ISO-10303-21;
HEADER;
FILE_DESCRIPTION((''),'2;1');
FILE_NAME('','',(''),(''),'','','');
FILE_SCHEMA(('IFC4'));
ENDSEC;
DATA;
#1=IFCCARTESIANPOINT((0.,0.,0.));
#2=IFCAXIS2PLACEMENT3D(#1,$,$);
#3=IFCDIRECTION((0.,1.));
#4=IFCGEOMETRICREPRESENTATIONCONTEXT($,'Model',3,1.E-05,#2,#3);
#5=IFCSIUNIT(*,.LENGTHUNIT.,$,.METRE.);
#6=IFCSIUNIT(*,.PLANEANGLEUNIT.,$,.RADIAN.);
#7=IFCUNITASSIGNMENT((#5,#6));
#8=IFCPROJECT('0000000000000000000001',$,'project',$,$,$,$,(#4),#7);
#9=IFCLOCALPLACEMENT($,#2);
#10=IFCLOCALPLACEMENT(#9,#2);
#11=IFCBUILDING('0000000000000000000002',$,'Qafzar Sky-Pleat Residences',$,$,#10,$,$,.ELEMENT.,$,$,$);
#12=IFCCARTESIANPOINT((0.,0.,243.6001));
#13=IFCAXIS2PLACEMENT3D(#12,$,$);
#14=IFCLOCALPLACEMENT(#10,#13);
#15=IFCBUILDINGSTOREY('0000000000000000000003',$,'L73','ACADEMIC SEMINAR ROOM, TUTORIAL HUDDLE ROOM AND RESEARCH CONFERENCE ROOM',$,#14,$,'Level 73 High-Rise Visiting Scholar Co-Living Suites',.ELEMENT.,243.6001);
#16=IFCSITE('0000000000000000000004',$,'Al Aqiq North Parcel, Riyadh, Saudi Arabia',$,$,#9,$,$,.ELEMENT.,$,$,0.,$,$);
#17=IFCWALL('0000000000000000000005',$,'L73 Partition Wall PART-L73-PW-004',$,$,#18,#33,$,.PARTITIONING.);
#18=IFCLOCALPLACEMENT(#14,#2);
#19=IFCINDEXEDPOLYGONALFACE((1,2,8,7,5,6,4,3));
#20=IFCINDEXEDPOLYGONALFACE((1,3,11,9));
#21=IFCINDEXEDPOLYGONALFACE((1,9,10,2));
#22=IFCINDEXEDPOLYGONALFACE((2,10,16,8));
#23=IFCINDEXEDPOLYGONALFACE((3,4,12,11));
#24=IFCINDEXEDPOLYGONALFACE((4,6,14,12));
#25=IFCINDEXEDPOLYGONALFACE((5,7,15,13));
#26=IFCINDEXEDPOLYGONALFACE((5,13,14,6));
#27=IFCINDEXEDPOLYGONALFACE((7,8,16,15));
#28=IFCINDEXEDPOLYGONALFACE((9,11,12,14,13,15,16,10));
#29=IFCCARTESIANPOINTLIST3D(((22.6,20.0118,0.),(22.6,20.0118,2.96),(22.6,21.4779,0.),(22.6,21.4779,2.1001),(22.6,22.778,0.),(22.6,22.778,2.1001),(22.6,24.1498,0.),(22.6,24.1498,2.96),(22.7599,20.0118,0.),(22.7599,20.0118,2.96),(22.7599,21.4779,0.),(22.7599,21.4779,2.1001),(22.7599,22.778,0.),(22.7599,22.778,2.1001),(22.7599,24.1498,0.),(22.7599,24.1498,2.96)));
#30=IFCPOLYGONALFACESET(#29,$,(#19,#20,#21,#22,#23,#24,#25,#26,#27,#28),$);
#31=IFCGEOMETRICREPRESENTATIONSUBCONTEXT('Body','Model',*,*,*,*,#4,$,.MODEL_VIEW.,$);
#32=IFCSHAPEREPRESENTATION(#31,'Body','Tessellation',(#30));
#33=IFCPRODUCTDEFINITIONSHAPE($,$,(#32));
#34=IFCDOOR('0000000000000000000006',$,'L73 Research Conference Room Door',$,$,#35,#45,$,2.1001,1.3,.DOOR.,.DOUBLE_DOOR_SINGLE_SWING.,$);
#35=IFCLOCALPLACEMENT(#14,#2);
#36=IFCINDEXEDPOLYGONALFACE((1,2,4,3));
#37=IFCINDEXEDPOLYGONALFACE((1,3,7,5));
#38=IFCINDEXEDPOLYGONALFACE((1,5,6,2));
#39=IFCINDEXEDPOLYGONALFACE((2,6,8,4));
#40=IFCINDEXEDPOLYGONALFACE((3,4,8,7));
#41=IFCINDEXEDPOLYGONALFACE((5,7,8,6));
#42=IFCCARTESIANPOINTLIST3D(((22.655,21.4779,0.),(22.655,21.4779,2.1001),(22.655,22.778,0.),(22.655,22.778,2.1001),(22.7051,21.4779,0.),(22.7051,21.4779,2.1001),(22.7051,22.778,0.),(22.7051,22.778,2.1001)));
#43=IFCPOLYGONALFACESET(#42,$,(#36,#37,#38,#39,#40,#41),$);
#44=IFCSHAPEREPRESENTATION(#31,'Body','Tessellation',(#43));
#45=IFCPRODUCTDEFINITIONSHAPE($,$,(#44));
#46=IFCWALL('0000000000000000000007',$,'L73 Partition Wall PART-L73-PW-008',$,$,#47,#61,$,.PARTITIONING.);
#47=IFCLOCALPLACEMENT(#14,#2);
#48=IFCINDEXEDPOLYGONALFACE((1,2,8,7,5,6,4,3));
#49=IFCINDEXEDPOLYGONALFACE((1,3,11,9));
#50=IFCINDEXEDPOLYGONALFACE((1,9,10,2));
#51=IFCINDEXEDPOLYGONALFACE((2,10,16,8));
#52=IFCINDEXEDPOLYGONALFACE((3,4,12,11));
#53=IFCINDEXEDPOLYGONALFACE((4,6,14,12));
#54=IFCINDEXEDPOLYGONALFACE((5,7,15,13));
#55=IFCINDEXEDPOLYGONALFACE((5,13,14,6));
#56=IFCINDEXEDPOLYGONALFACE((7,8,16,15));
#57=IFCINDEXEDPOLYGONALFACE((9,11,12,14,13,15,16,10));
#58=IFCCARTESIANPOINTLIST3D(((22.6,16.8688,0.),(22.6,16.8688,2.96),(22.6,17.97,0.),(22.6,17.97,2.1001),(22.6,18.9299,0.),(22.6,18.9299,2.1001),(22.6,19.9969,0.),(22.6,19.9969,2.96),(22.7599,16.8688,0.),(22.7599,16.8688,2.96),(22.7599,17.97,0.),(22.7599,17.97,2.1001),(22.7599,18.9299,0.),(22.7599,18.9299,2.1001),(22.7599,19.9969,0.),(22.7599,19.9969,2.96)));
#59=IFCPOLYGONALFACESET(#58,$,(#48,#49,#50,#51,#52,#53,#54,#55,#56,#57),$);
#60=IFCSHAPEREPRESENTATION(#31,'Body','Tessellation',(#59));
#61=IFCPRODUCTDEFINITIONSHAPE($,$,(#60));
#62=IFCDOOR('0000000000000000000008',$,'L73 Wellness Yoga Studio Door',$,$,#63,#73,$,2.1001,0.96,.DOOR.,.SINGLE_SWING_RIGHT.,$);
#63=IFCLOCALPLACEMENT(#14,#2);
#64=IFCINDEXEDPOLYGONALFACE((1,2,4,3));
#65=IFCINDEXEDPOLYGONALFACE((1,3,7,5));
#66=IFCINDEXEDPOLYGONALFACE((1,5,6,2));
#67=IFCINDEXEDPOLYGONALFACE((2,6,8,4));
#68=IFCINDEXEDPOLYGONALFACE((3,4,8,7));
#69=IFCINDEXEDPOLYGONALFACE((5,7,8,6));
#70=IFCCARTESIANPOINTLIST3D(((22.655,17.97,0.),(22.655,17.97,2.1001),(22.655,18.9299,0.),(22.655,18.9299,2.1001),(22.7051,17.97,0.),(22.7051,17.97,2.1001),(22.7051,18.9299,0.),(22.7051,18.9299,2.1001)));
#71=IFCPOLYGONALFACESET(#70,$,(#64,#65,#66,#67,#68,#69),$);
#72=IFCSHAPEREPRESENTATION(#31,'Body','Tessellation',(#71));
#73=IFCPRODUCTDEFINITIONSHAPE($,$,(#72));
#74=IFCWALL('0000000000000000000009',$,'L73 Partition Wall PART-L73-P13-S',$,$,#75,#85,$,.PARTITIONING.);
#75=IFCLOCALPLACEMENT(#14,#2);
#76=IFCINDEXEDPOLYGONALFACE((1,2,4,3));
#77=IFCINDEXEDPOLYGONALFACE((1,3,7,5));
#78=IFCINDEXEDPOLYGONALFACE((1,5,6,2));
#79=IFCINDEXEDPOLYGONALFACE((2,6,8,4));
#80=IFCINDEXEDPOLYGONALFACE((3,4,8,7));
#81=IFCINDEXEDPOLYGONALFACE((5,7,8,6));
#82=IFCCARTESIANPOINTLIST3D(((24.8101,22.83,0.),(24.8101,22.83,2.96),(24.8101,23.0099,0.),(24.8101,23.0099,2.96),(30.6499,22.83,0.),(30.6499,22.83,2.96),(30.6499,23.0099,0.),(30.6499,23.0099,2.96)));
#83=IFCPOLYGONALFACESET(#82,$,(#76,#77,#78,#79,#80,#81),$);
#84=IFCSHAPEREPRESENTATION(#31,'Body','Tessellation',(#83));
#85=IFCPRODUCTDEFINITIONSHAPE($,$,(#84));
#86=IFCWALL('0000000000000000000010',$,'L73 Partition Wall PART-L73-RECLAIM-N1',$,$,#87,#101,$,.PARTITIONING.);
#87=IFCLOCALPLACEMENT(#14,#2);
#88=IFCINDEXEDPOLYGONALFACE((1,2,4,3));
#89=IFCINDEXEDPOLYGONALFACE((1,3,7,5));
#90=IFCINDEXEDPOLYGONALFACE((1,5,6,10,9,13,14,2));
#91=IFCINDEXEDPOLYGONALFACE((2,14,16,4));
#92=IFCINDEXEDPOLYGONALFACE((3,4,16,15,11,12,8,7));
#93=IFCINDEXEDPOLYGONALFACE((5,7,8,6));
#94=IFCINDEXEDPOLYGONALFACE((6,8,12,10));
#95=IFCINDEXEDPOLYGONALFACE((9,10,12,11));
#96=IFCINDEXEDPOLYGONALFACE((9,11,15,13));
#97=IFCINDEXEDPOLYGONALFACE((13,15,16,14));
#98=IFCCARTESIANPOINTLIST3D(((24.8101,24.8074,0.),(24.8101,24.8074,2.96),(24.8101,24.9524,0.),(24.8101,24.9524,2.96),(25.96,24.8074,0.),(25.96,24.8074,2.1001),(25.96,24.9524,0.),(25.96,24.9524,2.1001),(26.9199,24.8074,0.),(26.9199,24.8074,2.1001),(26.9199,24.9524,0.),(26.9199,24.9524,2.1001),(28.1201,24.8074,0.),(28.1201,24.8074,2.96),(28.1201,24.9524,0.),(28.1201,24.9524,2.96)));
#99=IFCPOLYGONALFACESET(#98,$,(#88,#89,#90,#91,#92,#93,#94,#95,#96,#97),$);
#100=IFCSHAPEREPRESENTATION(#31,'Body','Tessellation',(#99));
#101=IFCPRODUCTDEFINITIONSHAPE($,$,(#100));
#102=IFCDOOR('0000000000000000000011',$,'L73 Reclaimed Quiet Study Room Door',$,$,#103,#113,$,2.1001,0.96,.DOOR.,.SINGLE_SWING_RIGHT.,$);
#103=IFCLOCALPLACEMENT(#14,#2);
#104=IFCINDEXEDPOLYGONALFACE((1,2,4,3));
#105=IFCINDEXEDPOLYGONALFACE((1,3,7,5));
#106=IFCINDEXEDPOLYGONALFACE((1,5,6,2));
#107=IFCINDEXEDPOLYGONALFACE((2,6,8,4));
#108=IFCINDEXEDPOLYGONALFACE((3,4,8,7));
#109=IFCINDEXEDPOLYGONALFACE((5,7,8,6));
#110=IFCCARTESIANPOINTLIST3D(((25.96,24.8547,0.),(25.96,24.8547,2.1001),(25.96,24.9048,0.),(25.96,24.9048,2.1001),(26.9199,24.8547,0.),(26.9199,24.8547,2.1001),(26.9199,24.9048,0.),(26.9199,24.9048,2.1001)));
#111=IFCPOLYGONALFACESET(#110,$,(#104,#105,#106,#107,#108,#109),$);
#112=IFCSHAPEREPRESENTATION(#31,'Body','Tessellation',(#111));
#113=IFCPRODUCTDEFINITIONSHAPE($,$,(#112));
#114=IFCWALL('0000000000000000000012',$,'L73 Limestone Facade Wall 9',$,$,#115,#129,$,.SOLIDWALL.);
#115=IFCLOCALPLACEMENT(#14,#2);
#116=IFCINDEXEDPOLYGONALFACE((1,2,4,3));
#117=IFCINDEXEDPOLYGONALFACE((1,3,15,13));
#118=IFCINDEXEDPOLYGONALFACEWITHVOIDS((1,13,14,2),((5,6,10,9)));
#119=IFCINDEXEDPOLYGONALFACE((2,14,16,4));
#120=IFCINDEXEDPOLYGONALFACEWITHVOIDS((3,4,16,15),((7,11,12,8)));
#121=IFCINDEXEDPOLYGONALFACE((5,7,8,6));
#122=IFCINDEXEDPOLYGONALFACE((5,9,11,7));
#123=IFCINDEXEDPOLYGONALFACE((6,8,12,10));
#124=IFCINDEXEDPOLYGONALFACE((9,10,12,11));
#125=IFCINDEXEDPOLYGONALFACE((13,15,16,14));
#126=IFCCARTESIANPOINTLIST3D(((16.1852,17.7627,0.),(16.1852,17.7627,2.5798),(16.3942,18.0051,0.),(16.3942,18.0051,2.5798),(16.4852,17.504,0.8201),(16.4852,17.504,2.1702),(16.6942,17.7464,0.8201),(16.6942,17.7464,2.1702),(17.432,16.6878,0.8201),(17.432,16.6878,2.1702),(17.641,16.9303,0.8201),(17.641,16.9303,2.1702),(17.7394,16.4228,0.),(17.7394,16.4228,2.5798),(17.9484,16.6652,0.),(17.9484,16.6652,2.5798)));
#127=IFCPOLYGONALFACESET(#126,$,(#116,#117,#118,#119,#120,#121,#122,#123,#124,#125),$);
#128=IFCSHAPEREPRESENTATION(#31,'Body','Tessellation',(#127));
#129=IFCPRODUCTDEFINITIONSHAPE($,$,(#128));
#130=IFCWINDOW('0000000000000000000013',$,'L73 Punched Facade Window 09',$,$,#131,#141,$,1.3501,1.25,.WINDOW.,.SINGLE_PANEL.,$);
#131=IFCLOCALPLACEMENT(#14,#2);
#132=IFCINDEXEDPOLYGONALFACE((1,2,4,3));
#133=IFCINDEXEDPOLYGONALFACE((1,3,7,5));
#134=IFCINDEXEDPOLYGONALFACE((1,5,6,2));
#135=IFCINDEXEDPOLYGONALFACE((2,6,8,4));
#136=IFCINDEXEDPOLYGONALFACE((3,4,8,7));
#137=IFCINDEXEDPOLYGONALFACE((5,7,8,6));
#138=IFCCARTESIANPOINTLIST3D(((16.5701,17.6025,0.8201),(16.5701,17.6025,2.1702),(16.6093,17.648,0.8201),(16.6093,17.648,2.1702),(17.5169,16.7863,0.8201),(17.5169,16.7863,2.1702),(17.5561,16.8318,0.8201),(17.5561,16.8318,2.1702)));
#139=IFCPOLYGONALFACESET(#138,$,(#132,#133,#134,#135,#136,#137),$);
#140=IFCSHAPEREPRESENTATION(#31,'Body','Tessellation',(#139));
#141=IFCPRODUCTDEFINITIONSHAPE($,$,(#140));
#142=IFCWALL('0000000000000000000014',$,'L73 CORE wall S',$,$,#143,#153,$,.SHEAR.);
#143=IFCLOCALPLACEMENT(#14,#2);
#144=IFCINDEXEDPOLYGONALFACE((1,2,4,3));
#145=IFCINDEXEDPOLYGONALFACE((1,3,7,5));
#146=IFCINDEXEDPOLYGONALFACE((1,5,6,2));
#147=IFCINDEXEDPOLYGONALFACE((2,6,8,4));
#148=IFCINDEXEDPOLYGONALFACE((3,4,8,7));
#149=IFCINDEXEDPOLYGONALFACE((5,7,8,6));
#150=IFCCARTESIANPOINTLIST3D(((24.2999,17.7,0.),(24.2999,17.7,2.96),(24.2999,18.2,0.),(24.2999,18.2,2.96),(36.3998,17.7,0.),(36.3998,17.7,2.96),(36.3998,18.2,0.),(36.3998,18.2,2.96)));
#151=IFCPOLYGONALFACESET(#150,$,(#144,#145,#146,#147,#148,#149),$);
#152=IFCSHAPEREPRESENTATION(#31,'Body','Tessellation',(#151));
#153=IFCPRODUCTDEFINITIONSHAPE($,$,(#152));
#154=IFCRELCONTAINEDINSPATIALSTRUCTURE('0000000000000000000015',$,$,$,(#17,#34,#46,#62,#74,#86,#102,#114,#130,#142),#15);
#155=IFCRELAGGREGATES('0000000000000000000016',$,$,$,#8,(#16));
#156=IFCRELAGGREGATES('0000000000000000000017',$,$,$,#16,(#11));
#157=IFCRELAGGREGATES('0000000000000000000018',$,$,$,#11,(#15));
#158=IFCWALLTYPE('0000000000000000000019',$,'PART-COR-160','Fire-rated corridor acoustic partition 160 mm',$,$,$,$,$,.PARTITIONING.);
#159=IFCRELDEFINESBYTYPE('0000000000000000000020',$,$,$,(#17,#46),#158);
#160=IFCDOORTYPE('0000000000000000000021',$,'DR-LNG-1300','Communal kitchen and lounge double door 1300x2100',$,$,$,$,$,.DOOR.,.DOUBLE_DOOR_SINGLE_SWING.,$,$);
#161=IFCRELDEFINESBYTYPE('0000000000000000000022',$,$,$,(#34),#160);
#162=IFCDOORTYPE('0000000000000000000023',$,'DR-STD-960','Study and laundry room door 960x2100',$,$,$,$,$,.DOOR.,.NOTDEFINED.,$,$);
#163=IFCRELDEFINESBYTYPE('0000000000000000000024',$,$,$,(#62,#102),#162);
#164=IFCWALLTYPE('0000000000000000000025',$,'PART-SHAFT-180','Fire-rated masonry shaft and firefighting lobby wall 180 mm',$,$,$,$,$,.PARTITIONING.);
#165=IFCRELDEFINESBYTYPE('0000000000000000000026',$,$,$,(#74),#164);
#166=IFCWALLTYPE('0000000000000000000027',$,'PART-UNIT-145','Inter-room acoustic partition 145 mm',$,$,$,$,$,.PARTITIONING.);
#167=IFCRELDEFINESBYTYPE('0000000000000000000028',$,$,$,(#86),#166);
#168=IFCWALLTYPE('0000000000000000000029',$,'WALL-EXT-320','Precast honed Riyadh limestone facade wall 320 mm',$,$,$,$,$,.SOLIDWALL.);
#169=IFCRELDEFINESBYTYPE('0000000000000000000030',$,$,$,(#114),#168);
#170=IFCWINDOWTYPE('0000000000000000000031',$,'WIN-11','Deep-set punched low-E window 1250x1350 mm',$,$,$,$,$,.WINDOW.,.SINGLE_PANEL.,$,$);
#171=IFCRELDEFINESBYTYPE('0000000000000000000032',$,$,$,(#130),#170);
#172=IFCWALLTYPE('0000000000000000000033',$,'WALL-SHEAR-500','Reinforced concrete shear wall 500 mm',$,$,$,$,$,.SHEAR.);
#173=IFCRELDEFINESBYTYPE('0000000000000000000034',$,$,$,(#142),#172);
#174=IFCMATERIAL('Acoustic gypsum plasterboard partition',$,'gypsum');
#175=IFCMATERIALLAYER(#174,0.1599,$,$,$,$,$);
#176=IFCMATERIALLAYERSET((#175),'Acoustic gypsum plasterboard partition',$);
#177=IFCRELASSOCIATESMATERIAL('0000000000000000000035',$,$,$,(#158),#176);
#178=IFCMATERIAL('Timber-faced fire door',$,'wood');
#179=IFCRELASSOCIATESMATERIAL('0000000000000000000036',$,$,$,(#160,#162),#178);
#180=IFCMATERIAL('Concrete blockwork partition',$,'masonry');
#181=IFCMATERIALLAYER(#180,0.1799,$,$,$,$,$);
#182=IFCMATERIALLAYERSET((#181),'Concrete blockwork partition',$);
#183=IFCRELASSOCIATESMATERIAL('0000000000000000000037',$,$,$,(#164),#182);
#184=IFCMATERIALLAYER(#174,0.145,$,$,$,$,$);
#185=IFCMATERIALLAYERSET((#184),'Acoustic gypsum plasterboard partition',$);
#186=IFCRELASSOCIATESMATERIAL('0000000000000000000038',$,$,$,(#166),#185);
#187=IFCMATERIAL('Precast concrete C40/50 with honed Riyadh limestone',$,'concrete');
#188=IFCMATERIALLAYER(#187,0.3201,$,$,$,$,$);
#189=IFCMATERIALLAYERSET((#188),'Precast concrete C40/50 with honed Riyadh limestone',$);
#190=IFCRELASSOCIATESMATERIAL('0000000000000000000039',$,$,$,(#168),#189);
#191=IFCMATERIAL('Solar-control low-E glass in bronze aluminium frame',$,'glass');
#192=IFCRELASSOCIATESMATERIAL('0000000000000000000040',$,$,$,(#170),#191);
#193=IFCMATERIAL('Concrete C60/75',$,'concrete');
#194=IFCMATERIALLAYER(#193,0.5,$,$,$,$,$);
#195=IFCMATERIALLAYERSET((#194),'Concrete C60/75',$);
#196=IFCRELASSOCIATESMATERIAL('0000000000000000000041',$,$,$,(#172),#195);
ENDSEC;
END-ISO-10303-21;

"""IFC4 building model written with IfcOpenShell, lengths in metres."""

from ifc_helpers import new_model, si_unit, direction, frame, frame_2d, origin, place, context, subcontext, project, spatial, rectangle, extrude, source, transform, mapped, material, layer, layer_set, type_object, element, fill, save


model = new_model("IFC4")

# Units and contexts
model_context = context("Model", 3, precision=1e-05, world=origin(), true_north=direction((0.0, 1.0)))
body_context = subcontext(model_context, "Body", "Model", "MODEL_VIEW")
ifc_project = project(units=[si_unit("LENGTHUNIT", "METRE"), si_unit("PLANEANGLEUNIT", "RADIAN")], contexts=[model_context])

# Site, building, storey
site_placement = place(None, origin())
site = spatial("IfcSite", under=ifc_project, at=site_placement, Name="Al Aqiq North Parcel, Riyadh, Saudi Arabia", CompositionType="ELEMENT", RefElevation=0.0)
building_placement = place(site_placement, origin())
building = spatial("IfcBuilding", under=site, at=building_placement, Name="Qafzar Sky-Pleat Residences", CompositionType="ELEMENT")
storey_placement = place(building_placement, frame((0.0, 0.0, 243.6001)))
storey = spatial("IfcBuildingStorey", under=building, at=storey_placement, Name="L73", Description="ACADEMIC SEMINAR ROOM, TUTORIAL HUDDLE ROOM AND RESEARCH CONFERENCE ROOM", LongName="Level 73 High-Rise Visiting Scholar Co-Living Suites", CompositionType="ELEMENT", Elevation=243.6001)

# Walls, openings, doors
ifc_material_1 = material(Name="Acoustic gypsum plasterboard partition", Category="gypsum")
ifc_layer_1 = layer(ifc_material_1, 0.1599)
ifc_layer_set_1 = layer_set([ifc_layer_1], Name="Acoustic gypsum plasterboard partition")
wall_type_1 = type_object("IfcWallType", Name="PART-COR-160", Description="Fire-rated corridor acoustic partition 160 mm", PredefinedType="PARTITIONING", material=ifc_layer_set_1)
wall_1_placement = place(storey_placement, frame((22.6799, 20.012, 0.0), z_axis=(0.0, 0.0, 1.0), x_axis=(0.0, 1.0, 0.0)))
wall_1 = element("IfcWall", 1, at=wall_1_placement, inside=storey, type_object=wall_type_1, Name="L73 Partition Wall PART-L73-PW-004", PredefinedType="PARTITIONING", context=body_context, shape_type="SweptSolid", body=[
    extrude(rectangle(XDim=4.1379, YDim=0.1599, at=frame_2d((2.0688, 0.0))), origin(), (0.0, 0.0, 1.0), 2.96),
])
opening_1_placement = place(wall_1_placement, frame((1.4661, 0.0, 0.0)))
opening_1 = element("IfcOpeningElement", 2, at=opening_1_placement, cuts=wall_1, PredefinedType="OPENING", context=body_context, shape_type="SweptSolid", body=[
    extrude(rectangle(XDim=1.3, YDim=2.1001, at=frame_2d((0.6499, 1.05))), frame((0.0, 0.0898, 0.0), z_axis=(0.0, -1.0, 0.0), x_axis=(1.0, 0.0, 0.0)), (0.0, 0.0, 1.0), 0.1799),
])
ifc_material_2 = material(Name="Timber-faced fire door", Category="wood")
door_type_1 = type_object("IfcDoorType", Name="DR-LNG-1300", Description="Communal kitchen and lounge double door 1300x2100", OperationType="DOUBLE_DOOR_SINGLE_SWING", PredefinedType="DOOR", material=ifc_material_2)
shared_shape_1 = source(origin(), body_context, "Body", "SweptSolid", [
    extrude(rectangle(XDim=1.3, YDim=2.1001, at=frame_2d((0.6499, 1.05))), frame((0.0, 0.0249, 0.0), z_axis=(0.0, -1.0, 0.0), x_axis=(1.0, 0.0, 0.0)), (0.0, 0.0, 1.0), 0.05),
])
door_1_placement = place(opening_1_placement, origin())
door_1 = element("IfcDoor", 3, at=door_1_placement, inside=storey, type_object=door_type_1, Name="L73 Research Conference Room Door", OperationType="DOUBLE_DOOR_SINGLE_SWING", OverallHeight=2.1001, OverallWidth=1.3, PredefinedType="DOOR", context=body_context, shape_type="MappedRepresentation", body=[
    mapped(shared_shape_1, transform((0.0, 0.0, 0.0), x_axis=(1.0, 0.0, 0.0), y_axis=(0.0, 1.0, 0.0), z_axis=(0.0, 0.0, 1.0), scale=1.0)),
])
fill(opening_1, door_1)
wall_2_placement = place(storey_placement, frame((22.6799, 16.8689, 0.0), z_axis=(0.0, 0.0, 1.0), x_axis=(0.0, 1.0, 0.0)))
wall_2 = element("IfcWall", 4, at=wall_2_placement, inside=storey, type_object=wall_type_1, Name="L73 Partition Wall PART-L73-PW-008", PredefinedType="PARTITIONING", context=body_context, shape_type="SweptSolid", body=[
    extrude(rectangle(XDim=3.1282, YDim=0.1599, at=frame_2d((1.564, 0.0))), origin(), (0.0, 0.0, 1.0), 2.96),
])
opening_2_placement = place(wall_2_placement, frame((1.1011, 0.0, 0.0)))
opening_2 = element("IfcOpeningElement", 5, at=opening_2_placement, cuts=wall_2, PredefinedType="OPENING", context=body_context, shape_type="SweptSolid", body=[
    extrude(rectangle(XDim=0.96, YDim=2.1001, at=frame_2d((0.48, 1.05))), frame((0.0, 0.0898, 0.0), z_axis=(0.0, -1.0, 0.0), x_axis=(1.0, 0.0, 0.0)), (0.0, 0.0, 1.0), 0.1799),
])
door_type_2 = type_object("IfcDoorType", Name="DR-STD-960", Description="Study and laundry room door 960x2100", OperationType="NOTDEFINED", PredefinedType="DOOR", material=ifc_material_2)
shared_shape_2 = source(origin(), body_context, "Body", "SweptSolid", [
    extrude(rectangle(XDim=0.96, YDim=2.1001, at=frame_2d((0.48, 1.05))), frame((0.0, 0.0249, 0.0), z_axis=(0.0, -1.0, 0.0), x_axis=(1.0, 0.0, 0.0)), (0.0, 0.0, 1.0), 0.05),
])
door_2_placement = place(opening_2_placement, origin())
door_2 = element("IfcDoor", 6, at=door_2_placement, inside=storey, type_object=door_type_2, Name="L73 Wellness Yoga Studio Door", OperationType="SINGLE_SWING_RIGHT", OverallHeight=2.1001, OverallWidth=0.96, PredefinedType="DOOR", context=body_context, shape_type="MappedRepresentation", body=[
    mapped(shared_shape_2, transform((0.0, 0.0, 0.0), x_axis=(1.0, 0.0, 0.0), y_axis=(0.0, 1.0, 0.0), z_axis=(0.0, 0.0, 1.0), scale=1.0)),
])
fill(opening_2, door_2)

# Wall
ifc_material_3 = material(Name="Concrete blockwork partition", Category="masonry")
ifc_layer_2 = layer(ifc_material_3, 0.1799)
ifc_layer_set_2 = layer_set([ifc_layer_2], Name="Concrete blockwork partition")
wall_type_2 = type_object("IfcWallType", Name="PART-SHAFT-180", Description="Fire-rated masonry shaft and firefighting lobby wall 180 mm", PredefinedType="PARTITIONING", material=ifc_layer_set_2)
wall_3_placement = place(storey_placement, frame((24.8101, 22.9199, 0.0), z_axis=(0.0, 0.0, 1.0), x_axis=(1.0, 0.0, 0.0)))
element("IfcWall", 7, at=wall_3_placement, inside=storey, type_object=wall_type_2, Name="L73 Partition Wall PART-L73-P13-S", PredefinedType="PARTITIONING", context=body_context, shape_type="SweptSolid", body=[
    extrude(rectangle(XDim=5.8398, YDim=0.1799, at=frame_2d((2.9199, 0.0))), origin(), (0.0, 0.0, 1.0), 2.96),
])

# Wall, opening, door
ifc_layer_3 = layer(ifc_material_1, 0.145)
ifc_layer_set_3 = layer_set([ifc_layer_3], Name="Acoustic gypsum plasterboard partition")
wall_type_3 = type_object("IfcWallType", Name="PART-UNIT-145", Description="Inter-room acoustic partition 145 mm", PredefinedType="PARTITIONING", material=ifc_layer_set_3)
wall_4_placement = place(storey_placement, frame((24.8101, 24.8799, 0.0), z_axis=(0.0, 0.0, 1.0), x_axis=(1.0, 0.0, 0.0)))
wall_4 = element("IfcWall", 8, at=wall_4_placement, inside=storey, type_object=wall_type_3, Name="L73 Partition Wall PART-L73-RECLAIM-N1", PredefinedType="PARTITIONING", context=body_context, shape_type="SweptSolid", body=[
    extrude(rectangle(XDim=3.3101, YDim=0.145, at=frame_2d((1.655, 0.0))), origin(), (0.0, 0.0, 1.0), 2.96),
])
opening_3_placement = place(wall_4_placement, frame((1.1499, 0.0, 0.0)))
opening_3 = element("IfcOpeningElement", 9, at=opening_3_placement, cuts=wall_4, PredefinedType="OPENING", context=body_context, shape_type="SweptSolid", body=[
    extrude(rectangle(XDim=0.96, YDim=2.1001, at=frame_2d((0.48, 1.05))), frame((0.0, 0.0825, 0.0), z_axis=(0.0, -1.0, 0.0), x_axis=(1.0, 0.0, 0.0)), (0.0, 0.0, 1.0), 0.165),
])
door_3_placement = place(opening_3_placement, origin())
door_3 = element("IfcDoor", 10, at=door_3_placement, inside=storey, type_object=door_type_2, Name="L73 Reclaimed Quiet Study Room Door", OperationType="SINGLE_SWING_RIGHT", OverallHeight=2.1001, OverallWidth=0.96, PredefinedType="DOOR", context=body_context, shape_type="MappedRepresentation", body=[
    mapped(shared_shape_2, transform((0.0, 0.0, 0.0), x_axis=(1.0, 0.0, 0.0), y_axis=(0.0, 1.0, 0.0), z_axis=(0.0, 0.0, 1.0), scale=1.0)),
])
fill(opening_3, door_3)

# Wall, opening, window
ifc_material_4 = material(Name="Precast concrete C40/50 with honed Riyadh limestone", Category="concrete")
ifc_layer_4 = layer(ifc_material_4, 0.3201)
ifc_layer_set_4 = layer_set([ifc_layer_4], Name="Precast concrete C40/50 with honed Riyadh limestone")
wall_type_4 = type_object("IfcWallType", Name="WALL-EXT-320", Description="Precast honed Riyadh limestone facade wall 320 mm", PredefinedType="SOLIDWALL", material=ifc_layer_set_4)
wall_5_placement = place(storey_placement, frame((16.2898, 17.8838, 0.0), z_axis=(0.0, 0.0, 1.0), x_axis=(0.757406, -0.652944, 0.0)))
wall_5 = element("IfcWall", 11, at=wall_5_placement, inside=storey, type_object=wall_type_4, Name="L73 Limestone Facade Wall 9", PredefinedType="SOLIDWALL", context=body_context, shape_type="SweptSolid", body=[
    extrude(rectangle(XDim=2.052, YDim=0.3201, at=frame_2d((1.0259, 0.0))), origin(), (0.0, 0.0, 1.0), 2.5798),
])
opening_4_placement = place(wall_5_placement, frame((0.396, 0.0, 0.8201)))
opening_4 = element("IfcOpeningElement", 12, at=opening_4_placement, cuts=wall_5, PredefinedType="OPENING", context=body_context, shape_type="SweptSolid", body=[
    extrude(rectangle(XDim=1.25, YDim=1.3501, at=frame_2d((0.625, 0.675))), frame((0.0, 0.1699, 0.0), z_axis=(0.0, -1.0, 0.0), x_axis=(1.0, 0.0, 0.0)), (0.0, 0.0, 1.0), 0.3401),
])
ifc_material_5 = material(Name="Solar-control low-E glass in bronze aluminium frame", Category="glass")
window_type = type_object("IfcWindowType", Name="WIN-11", Description="Deep-set punched low-E window 1250x1350 mm", PartitioningType="SINGLE_PANEL", PredefinedType="WINDOW", material=ifc_material_5)
shared_shape_3 = source(origin(), body_context, "Body", "SweptSolid", [
    extrude(rectangle(XDim=1.25, YDim=1.3501, at=frame_2d((0.625, 0.675))), frame((0.0, 0.03, 0.0), z_axis=(0.0, -1.0, 0.0), x_axis=(1.0, 0.0, 0.0)), (0.0, 0.0, 1.0), 0.0601),
])
window_placement = place(opening_4_placement, origin())
window = element("IfcWindow", 13, at=window_placement, inside=storey, type_object=window_type, Name="L73 Punched Facade Window 09", OverallHeight=1.3501, OverallWidth=1.25, PartitioningType="SINGLE_PANEL", PredefinedType="WINDOW", context=body_context, shape_type="MappedRepresentation", body=[
    mapped(shared_shape_3, transform((0.0, 0.0, 0.0), x_axis=(1.0, 0.0, 0.0), y_axis=(0.0, 1.0, 0.0), z_axis=(0.0, 0.0, 1.0), scale=1.0)),
])
fill(opening_4, window)

# Shared definitions
ifc_material_6 = material(Name="Concrete C60/75", Category="concrete")

# Wall
ifc_layer_5 = layer(ifc_material_6, 0.5)
ifc_layer_set_5 = layer_set([ifc_layer_5], Name="Concrete C60/75")
wall_type_5 = type_object("IfcWallType", Name="WALL-SHEAR-500", Description="Reinforced concrete shear wall 500 mm", PredefinedType="SHEAR", material=ifc_layer_set_5)
wall_6_placement = place(storey_placement, frame((24.3, 17.95, 0.0), z_axis=(0.0, 0.0, 1.0), x_axis=(1.0, 0.0, 0.0)))
element("IfcWall", 14, at=wall_6_placement, inside=storey, type_object=wall_type_5, Name="L73 CORE wall S", PredefinedType="SHEAR", context=body_context, shape_type="SweptSolid", body=[
    extrude(rectangle(XDim=12.0999, YDim=0.5, at=frame_2d((6.0498, 0.0))), origin(), (0.0, 0.0, 1.0), 2.96),
])

save(model, "model.ifc")
